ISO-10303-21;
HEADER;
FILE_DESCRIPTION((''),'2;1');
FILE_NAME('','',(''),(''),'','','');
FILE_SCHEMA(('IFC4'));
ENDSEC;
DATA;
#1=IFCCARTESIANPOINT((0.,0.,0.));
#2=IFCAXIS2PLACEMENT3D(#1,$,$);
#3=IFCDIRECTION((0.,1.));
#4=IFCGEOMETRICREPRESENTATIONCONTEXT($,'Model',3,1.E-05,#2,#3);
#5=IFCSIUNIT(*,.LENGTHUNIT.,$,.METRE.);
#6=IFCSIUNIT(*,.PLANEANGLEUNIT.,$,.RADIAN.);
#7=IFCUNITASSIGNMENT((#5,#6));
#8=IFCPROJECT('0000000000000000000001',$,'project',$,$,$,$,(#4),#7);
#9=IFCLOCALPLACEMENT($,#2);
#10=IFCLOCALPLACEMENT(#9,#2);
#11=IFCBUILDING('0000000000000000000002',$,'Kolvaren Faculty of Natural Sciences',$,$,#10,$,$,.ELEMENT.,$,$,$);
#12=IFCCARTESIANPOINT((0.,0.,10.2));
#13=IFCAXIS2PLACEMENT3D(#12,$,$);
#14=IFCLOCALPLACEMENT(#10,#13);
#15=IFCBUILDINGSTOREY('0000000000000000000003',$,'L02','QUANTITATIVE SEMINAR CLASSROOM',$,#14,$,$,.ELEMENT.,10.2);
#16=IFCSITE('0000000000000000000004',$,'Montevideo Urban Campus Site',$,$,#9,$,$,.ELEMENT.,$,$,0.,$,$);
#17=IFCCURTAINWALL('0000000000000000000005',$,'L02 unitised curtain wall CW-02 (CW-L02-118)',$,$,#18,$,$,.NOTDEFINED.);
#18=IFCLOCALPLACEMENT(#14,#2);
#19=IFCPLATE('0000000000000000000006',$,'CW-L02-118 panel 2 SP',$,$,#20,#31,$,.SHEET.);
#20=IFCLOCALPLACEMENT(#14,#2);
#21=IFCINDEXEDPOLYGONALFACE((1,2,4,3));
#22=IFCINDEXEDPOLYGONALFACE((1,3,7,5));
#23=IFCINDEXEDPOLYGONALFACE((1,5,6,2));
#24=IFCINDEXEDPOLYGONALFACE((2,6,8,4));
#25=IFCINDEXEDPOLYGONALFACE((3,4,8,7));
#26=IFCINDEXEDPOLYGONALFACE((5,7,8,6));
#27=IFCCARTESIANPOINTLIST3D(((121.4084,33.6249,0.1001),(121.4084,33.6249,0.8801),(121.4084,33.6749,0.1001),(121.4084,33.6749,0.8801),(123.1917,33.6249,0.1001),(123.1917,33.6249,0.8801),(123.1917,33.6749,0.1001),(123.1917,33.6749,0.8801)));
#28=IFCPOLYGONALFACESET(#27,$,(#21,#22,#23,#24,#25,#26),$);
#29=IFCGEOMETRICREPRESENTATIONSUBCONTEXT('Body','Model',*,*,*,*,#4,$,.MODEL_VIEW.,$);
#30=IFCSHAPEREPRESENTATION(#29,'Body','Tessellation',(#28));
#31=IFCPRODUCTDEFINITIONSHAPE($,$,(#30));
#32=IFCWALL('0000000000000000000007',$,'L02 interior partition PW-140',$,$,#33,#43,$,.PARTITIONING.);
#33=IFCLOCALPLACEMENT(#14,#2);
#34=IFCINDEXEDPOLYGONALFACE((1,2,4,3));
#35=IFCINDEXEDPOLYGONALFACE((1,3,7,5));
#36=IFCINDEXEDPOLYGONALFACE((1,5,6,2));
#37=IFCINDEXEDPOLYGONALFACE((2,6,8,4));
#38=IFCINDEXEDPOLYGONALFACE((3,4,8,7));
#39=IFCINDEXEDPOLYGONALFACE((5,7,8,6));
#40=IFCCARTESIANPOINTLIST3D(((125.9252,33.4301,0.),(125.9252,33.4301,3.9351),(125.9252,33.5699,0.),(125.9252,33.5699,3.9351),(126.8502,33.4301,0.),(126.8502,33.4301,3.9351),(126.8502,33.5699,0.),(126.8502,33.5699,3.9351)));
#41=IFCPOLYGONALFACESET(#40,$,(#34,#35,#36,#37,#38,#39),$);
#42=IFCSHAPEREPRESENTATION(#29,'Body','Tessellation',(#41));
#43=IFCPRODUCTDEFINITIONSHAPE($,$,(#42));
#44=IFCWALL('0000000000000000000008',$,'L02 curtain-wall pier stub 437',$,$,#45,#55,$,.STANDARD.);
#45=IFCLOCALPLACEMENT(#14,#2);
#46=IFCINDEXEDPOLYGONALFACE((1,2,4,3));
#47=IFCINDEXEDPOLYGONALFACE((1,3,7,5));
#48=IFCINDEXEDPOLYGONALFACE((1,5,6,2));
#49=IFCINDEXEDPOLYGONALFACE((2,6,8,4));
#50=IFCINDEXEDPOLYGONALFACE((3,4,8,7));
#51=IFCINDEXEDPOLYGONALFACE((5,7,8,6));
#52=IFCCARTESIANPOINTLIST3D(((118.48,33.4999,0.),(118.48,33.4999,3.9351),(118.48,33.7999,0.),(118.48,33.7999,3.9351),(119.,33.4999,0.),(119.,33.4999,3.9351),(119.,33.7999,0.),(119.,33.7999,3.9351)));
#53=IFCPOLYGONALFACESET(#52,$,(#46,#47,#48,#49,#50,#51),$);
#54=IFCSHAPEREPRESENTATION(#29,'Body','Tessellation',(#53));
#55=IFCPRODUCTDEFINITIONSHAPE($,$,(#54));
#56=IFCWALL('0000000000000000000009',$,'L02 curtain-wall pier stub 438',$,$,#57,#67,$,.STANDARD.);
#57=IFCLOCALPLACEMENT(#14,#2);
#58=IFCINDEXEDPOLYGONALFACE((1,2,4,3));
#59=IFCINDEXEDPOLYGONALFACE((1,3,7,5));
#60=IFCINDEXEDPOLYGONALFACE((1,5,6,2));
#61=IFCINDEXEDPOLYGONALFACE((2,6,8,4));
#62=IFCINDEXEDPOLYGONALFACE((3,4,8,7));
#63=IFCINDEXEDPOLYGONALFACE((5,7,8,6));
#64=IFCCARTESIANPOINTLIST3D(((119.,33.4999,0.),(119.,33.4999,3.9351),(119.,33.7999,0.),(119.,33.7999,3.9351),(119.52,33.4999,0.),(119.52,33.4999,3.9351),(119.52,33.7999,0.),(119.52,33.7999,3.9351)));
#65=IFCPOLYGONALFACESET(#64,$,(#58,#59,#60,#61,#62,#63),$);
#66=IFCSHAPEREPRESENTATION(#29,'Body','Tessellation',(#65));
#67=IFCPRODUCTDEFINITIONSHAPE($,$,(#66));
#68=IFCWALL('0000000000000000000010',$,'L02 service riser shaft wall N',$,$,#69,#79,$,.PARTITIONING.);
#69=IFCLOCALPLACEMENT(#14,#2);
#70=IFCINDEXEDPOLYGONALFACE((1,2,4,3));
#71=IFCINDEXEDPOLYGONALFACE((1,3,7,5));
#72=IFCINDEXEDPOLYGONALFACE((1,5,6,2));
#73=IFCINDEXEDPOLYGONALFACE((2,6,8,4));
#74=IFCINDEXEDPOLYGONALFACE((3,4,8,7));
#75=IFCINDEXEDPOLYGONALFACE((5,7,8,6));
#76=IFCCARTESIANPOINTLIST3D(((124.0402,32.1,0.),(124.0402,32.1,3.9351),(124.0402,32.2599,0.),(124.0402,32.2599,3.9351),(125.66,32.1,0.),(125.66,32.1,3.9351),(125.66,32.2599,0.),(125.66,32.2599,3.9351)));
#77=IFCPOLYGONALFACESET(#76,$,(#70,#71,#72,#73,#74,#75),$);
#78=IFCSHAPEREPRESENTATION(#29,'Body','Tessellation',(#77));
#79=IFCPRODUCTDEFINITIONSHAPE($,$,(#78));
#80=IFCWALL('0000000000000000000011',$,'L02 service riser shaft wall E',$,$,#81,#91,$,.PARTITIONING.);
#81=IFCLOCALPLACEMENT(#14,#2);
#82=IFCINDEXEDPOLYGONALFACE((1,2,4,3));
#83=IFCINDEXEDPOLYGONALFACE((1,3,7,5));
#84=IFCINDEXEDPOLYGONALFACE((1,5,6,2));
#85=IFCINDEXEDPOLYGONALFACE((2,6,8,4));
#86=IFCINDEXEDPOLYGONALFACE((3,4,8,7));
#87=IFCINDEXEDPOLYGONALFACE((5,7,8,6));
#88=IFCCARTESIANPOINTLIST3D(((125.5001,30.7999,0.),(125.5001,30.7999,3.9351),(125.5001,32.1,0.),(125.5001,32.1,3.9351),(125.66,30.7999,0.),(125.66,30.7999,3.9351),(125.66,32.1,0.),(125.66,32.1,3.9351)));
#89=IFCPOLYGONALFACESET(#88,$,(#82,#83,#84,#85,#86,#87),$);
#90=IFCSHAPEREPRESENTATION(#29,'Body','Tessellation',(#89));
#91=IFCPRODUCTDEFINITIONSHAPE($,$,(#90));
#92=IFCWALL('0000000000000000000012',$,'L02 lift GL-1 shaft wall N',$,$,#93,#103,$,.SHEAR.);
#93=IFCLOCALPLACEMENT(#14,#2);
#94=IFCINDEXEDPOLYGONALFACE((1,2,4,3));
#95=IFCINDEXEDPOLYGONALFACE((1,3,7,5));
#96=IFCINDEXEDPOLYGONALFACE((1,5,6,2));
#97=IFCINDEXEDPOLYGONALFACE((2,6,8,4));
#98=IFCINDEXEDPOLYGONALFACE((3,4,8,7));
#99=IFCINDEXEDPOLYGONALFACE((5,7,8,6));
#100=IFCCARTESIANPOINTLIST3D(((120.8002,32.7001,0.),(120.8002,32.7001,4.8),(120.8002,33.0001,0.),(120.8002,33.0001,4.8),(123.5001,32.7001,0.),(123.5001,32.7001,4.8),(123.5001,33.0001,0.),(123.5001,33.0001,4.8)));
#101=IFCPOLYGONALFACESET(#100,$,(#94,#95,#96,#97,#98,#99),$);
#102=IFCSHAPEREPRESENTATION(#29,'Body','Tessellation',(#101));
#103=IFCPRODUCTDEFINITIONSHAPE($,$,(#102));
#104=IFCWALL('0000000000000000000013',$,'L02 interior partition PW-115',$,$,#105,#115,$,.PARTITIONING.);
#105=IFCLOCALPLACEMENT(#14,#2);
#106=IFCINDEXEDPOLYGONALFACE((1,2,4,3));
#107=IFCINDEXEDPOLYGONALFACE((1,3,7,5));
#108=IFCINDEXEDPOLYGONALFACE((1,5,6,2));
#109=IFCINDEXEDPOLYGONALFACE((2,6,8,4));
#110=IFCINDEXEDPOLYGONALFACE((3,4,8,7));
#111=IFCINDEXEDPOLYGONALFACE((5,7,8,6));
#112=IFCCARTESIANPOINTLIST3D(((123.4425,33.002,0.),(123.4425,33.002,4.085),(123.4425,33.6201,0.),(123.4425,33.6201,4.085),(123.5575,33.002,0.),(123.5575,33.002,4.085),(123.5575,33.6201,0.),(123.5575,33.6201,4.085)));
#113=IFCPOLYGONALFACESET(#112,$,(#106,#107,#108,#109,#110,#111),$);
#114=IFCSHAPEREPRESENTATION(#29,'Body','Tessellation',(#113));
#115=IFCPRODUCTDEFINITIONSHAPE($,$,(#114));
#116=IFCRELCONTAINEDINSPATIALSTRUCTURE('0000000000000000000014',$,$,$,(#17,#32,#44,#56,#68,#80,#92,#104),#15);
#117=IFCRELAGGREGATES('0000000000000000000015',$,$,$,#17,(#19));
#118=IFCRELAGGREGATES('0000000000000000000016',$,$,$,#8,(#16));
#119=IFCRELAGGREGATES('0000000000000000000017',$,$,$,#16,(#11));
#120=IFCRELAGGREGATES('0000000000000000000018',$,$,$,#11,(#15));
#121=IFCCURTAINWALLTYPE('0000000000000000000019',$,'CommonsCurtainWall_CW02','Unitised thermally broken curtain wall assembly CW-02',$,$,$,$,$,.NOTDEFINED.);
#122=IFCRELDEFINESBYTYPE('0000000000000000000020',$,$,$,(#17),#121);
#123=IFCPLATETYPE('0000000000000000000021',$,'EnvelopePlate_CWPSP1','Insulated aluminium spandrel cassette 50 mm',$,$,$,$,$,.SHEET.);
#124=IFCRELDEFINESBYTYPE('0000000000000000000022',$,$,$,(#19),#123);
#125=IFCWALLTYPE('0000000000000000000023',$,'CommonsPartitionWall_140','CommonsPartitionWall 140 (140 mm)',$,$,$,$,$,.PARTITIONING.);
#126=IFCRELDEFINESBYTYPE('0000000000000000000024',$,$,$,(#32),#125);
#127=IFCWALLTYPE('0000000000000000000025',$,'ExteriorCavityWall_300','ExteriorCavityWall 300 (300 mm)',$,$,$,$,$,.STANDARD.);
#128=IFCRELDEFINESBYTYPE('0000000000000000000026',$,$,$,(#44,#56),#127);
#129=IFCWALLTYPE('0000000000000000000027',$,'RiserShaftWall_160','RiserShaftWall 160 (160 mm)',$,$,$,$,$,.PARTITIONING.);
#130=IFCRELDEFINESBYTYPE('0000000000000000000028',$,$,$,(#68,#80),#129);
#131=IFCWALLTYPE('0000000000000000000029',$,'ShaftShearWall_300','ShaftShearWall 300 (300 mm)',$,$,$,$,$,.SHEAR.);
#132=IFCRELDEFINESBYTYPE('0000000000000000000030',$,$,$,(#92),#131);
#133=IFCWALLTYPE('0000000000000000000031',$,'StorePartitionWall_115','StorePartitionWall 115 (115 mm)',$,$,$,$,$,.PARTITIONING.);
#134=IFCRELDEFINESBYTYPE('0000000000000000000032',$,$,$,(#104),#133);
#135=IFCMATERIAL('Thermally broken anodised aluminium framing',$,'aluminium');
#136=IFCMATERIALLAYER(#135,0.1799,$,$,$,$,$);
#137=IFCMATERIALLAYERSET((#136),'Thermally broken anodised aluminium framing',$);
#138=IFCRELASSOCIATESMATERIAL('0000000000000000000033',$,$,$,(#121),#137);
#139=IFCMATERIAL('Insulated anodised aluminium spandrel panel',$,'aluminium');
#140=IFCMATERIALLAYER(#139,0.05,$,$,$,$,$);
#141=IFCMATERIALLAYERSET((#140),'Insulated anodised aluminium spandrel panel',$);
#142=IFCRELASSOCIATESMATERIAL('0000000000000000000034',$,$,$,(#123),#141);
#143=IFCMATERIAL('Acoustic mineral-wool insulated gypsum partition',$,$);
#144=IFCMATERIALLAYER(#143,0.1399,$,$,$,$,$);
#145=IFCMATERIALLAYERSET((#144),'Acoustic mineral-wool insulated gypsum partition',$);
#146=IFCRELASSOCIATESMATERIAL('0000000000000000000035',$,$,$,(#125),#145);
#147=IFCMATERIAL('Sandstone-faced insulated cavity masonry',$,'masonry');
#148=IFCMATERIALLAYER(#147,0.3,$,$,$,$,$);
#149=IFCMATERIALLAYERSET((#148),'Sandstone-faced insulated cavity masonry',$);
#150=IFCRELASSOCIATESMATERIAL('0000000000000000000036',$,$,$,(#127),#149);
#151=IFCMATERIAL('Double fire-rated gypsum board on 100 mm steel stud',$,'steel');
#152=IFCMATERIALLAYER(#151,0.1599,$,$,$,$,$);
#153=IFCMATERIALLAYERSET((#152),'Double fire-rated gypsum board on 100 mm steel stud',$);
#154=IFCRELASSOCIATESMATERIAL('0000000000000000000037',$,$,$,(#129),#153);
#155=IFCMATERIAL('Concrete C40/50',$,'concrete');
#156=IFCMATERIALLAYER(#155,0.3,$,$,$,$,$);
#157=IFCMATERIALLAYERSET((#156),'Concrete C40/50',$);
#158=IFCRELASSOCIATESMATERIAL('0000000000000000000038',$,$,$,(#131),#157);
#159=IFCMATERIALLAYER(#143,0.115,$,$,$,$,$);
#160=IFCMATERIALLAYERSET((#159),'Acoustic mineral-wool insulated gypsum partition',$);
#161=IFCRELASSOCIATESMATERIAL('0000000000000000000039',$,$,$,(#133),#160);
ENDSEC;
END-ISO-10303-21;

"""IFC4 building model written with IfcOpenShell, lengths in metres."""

from ifc_helpers import new_model, si_unit, direction, frame, frame_2d, origin, origin_2d, place, context, subcontext, project, spatial, rectangle, extrude, material, layer, layer_set, type_object, element, aggregate, save


model = new_model("IFC4")

# Units and contexts
model_context = context("Model", 3, precision=1e-05, world=origin(), true_north=direction((0.0, 1.0)))
body_context = subcontext(model_context, "Body", "Model", "MODEL_VIEW")
ifc_project = project(units=[si_unit("LENGTHUNIT", "METRE"), si_unit("PLANEANGLEUNIT", "RADIAN")], contexts=[model_context])

# Site, building, storey
site_placement = place(None, origin())
site = spatial("IfcSite", under=ifc_project, at=site_placement, Name="Montevideo Urban Campus Site", CompositionType="ELEMENT", RefElevation=0.0)
building_placement = place(site_placement, origin())
building = spatial("IfcBuilding", under=site, at=building_placement, Name="Kolvaren Faculty of Natural Sciences", CompositionType="ELEMENT")
storey_placement = place(building_placement, frame((0.0, 0.0, 10.2)))
storey = spatial("IfcBuildingStorey", under=building, at=storey_placement, Name="L02", Description="QUANTITATIVE SEMINAR CLASSROOM", CompositionType="ELEMENT", Elevation=10.2)

# Shared definitions
ifc_material_1 = material(Name="Thermally broken anodised aluminium framing", Category="aluminium")
ifc_layer_1 = layer(ifc_material_1, 0.1799)
ifc_layer_set_1 = layer_set([ifc_layer_1], Name="Thermally broken anodised aluminium framing")
curtain_wall_type = type_object("IfcCurtainWallType", Name="CommonsCurtainWall_CW02", Description="Unitised thermally broken curtain wall assembly CW-02", PredefinedType="NOTDEFINED", material=ifc_layer_set_1)

# Curtain wall
curtain_wall_1_placement = place(storey_placement, origin())
curtain_wall_1 = element("IfcCurtainWall", 1, at=curtain_wall_1_placement, inside=storey, type_object=curtain_wall_type, Name="L02 unitised curtain wall CW-02 (CW-L02-118)", PredefinedType="NOTDEFINED")

# Plate
ifc_material_2 = material(Name="Insulated anodised aluminium spandrel panel", Category="aluminium")
ifc_layer_2 = layer(ifc_material_2, 0.05)
ifc_layer_set_2 = layer_set([ifc_layer_2], Name="Insulated anodised aluminium spandrel panel")
plate_type_1 = type_object("IfcPlateType", Name="EnvelopePlate_CWPSP1", Description="Insulated aluminium spandrel cassette 50 mm", PredefinedType="SHEET", material=ifc_layer_set_2)
plate_1_placement = place(storey_placement, frame((122.3, 33.6499, 0.1001), z_axis=(0.0, 0.0, 1.0), x_axis=(1.0, 0.0, 0.0)))
plate_1 = element("IfcPlate", 2, at=plate_1_placement, type_object=plate_type_1, Name="CW-L02-118 panel 2 SP", PredefinedType="SHEET", context=body_context, shape_type="SweptSolid", body=[
    extrude(rectangle(XDim=1.7832, YDim=0.05, at=origin_2d()), origin(), (0.0, 0.0, 1.0), 0.78),
])
aggregate(curtain_wall_1, [plate_1])

# Walls
ifc_material_3 = material(Name="Acoustic mineral-wool insulated gypsum partition")
ifc_layer_3 = layer(ifc_material_3, 0.1399)
ifc_layer_set_3 = layer_set([ifc_layer_3], Name="Acoustic mineral-wool insulated gypsum partition")
wall_type_1 = type_object("IfcWallType", Name="CommonsPartitionWall_140", Description="CommonsPartitionWall 140 (140 mm)", PredefinedType="PARTITIONING", material=ifc_layer_set_3)
wall_1_placement = place(storey_placement, frame((126.8501, 33.5, 0.0), z_axis=(0.0, 0.0, 1.0), x_axis=(-1.0, 0.0, 0.0)))
element("IfcWall", 3, at=wall_1_placement, inside=storey, type_object=wall_type_1, Name="L02 interior partition PW-140", PredefinedType="PARTITIONING", context=body_context, shape_type="SweptSolid", body=[
    extrude(rectangle(XDim=0.925, YDim=0.1399, at=frame_2d((0.4624, 0.0))), origin(), (0.0, 0.0, 1.0), 3.9351),
])
ifc_material_4 = material(Name="Sandstone-faced insulated cavity masonry", Category="masonry")
ifc_layer_4 = layer(ifc_material_4, 0.3)
ifc_layer_set_4 = layer_set([ifc_layer_4], Name="Sandstone-faced insulated cavity masonry")
wall_type_2 = type_object("IfcWallType", Name="ExteriorCavityWall_300", Description="ExteriorCavityWall 300 (300 mm)", PredefinedType="STANDARD", material=ifc_layer_set_4)
for number, where, z_axis, x_axis, name in (
    (4, (118.48, 33.6499, 0.0), (0.0, 0.0, 1.0), (1.0, 0.0, 0.0), "L02 curtain-wall pier stub 437"),
    (5, (119.0, 33.6499, 0.0), (0.0, 0.0, 1.0), (1.0, 0.0, 0.0), "L02 curtain-wall pier stub 438"),
):
    element("IfcWall", number, at=place(storey_placement, frame(where, z_axis=z_axis, x_axis=x_axis)), inside=storey, type_object=wall_type_2, Name=name, PredefinedType="STANDARD", context=body_context, shape_type="SweptSolid", body=[
        extrude(rectangle(XDim=0.52, YDim=0.3, at=frame_2d((0.26, 0.0))), origin(), (0.0, 0.0, 1.0), 3.9351),
    ])
ifc_material_5 = material(Name="Double fire-rated gypsum board on 100 mm steel stud", Category="steel")
ifc_layer_5 = layer(ifc_material_5, 0.1599)
ifc_layer_set_5 = layer_set([ifc_layer_5], Name="Double fire-rated gypsum board on 100 mm steel stud")
wall_type_3 = type_object("IfcWallType", Name="RiserShaftWall_160", Description="RiserShaftWall 160 (160 mm)", PredefinedType="PARTITIONING", material=ifc_layer_set_5)
wall_2_placement = place(storey_placement, frame((124.04, 32.1799, 0.0), z_axis=(0.0, 0.0, 1.0), x_axis=(1.0, 0.0, 0.0)))
element("IfcWall", 6, at=wall_2_placement, inside=storey, type_object=wall_type_3, Name="L02 service riser shaft wall N", PredefinedType="PARTITIONING", context=body_context, shape_type="SweptSolid", body=[
    extrude(rectangle(XDim=1.6199, YDim=0.1599, at=frame_2d((0.8101, 0.0))), origin(), (0.0, 0.0, 1.0), 3.9351),
])
wall_3_placement = place(storey_placement, frame((125.5801, 30.8, 0.0), z_axis=(0.0, 0.0, 1.0), x_axis=(0.0, 1.0, 0.0)))
element("IfcWall", 7, at=wall_3_placement, inside=storey, type_object=wall_type_3, Name="L02 service riser shaft wall E", PredefinedType="PARTITIONING", context=body_context, shape_type="SweptSolid", body=[
    extrude(rectangle(XDim=1.3, YDim=0.1599, at=frame_2d((0.6499, 0.0))), origin(), (0.0, 0.0, 1.0), 3.9351),
])
ifc_material_6 = material(Name="Concrete C40/50", Category="concrete")
ifc_layer_6 = layer(ifc_material_6, 0.3)
ifc_layer_set_6 = layer_set([ifc_layer_6], Name="Concrete C40/50")
wall_type_4 = type_object("IfcWallType", Name="ShaftShearWall_300", Description="ShaftShearWall 300 (300 mm)", PredefinedType="SHEAR", material=ifc_layer_set_6)
wall_4_placement = place(storey_placement, frame((120.8, 32.8501, 0.0), z_axis=(0.0, 0.0, 1.0), x_axis=(1.0, 0.0, 0.0)))
element("IfcWall", 8, at=wall_4_placement, inside=storey, type_object=wall_type_4, Name="L02 lift GL-1 shaft wall N", PredefinedType="SHEAR", context=body_context, shape_type="SweptSolid", body=[
    extrude(rectangle(XDim=2.7, YDim=0.3, at=frame_2d((1.3501, 0.0))), origin(), (0.0, 0.0, 1.0), 4.8),
])
ifc_layer_7 = layer(ifc_material_3, 0.115)
ifc_layer_set_7 = layer_set([ifc_layer_7], Name="Acoustic mineral-wool insulated gypsum partition")
wall_type_5 = type_object("IfcWallType", Name="StorePartitionWall_115", Description="StorePartitionWall 115 (115 mm)", PredefinedType="PARTITIONING", material=ifc_layer_set_7)
wall_5_placement = place(storey_placement, frame((123.5, 33.6201, 0.0), z_axis=(0.0, 0.0, 1.0), x_axis=(0.0, -1.0, 0.0)))
element("IfcWall", 9, at=wall_5_placement, inside=storey, type_object=wall_type_5, Name="L02 interior partition PW-115", PredefinedType="PARTITIONING", context=body_context, shape_type="SweptSolid", body=[
    extrude(rectangle(XDim=0.6182, YDim=0.115, at=frame_2d((0.3091, 0.0))), origin(), (0.0, 0.0, 1.0), 4.085),
])

save(model, "model.ifc")
